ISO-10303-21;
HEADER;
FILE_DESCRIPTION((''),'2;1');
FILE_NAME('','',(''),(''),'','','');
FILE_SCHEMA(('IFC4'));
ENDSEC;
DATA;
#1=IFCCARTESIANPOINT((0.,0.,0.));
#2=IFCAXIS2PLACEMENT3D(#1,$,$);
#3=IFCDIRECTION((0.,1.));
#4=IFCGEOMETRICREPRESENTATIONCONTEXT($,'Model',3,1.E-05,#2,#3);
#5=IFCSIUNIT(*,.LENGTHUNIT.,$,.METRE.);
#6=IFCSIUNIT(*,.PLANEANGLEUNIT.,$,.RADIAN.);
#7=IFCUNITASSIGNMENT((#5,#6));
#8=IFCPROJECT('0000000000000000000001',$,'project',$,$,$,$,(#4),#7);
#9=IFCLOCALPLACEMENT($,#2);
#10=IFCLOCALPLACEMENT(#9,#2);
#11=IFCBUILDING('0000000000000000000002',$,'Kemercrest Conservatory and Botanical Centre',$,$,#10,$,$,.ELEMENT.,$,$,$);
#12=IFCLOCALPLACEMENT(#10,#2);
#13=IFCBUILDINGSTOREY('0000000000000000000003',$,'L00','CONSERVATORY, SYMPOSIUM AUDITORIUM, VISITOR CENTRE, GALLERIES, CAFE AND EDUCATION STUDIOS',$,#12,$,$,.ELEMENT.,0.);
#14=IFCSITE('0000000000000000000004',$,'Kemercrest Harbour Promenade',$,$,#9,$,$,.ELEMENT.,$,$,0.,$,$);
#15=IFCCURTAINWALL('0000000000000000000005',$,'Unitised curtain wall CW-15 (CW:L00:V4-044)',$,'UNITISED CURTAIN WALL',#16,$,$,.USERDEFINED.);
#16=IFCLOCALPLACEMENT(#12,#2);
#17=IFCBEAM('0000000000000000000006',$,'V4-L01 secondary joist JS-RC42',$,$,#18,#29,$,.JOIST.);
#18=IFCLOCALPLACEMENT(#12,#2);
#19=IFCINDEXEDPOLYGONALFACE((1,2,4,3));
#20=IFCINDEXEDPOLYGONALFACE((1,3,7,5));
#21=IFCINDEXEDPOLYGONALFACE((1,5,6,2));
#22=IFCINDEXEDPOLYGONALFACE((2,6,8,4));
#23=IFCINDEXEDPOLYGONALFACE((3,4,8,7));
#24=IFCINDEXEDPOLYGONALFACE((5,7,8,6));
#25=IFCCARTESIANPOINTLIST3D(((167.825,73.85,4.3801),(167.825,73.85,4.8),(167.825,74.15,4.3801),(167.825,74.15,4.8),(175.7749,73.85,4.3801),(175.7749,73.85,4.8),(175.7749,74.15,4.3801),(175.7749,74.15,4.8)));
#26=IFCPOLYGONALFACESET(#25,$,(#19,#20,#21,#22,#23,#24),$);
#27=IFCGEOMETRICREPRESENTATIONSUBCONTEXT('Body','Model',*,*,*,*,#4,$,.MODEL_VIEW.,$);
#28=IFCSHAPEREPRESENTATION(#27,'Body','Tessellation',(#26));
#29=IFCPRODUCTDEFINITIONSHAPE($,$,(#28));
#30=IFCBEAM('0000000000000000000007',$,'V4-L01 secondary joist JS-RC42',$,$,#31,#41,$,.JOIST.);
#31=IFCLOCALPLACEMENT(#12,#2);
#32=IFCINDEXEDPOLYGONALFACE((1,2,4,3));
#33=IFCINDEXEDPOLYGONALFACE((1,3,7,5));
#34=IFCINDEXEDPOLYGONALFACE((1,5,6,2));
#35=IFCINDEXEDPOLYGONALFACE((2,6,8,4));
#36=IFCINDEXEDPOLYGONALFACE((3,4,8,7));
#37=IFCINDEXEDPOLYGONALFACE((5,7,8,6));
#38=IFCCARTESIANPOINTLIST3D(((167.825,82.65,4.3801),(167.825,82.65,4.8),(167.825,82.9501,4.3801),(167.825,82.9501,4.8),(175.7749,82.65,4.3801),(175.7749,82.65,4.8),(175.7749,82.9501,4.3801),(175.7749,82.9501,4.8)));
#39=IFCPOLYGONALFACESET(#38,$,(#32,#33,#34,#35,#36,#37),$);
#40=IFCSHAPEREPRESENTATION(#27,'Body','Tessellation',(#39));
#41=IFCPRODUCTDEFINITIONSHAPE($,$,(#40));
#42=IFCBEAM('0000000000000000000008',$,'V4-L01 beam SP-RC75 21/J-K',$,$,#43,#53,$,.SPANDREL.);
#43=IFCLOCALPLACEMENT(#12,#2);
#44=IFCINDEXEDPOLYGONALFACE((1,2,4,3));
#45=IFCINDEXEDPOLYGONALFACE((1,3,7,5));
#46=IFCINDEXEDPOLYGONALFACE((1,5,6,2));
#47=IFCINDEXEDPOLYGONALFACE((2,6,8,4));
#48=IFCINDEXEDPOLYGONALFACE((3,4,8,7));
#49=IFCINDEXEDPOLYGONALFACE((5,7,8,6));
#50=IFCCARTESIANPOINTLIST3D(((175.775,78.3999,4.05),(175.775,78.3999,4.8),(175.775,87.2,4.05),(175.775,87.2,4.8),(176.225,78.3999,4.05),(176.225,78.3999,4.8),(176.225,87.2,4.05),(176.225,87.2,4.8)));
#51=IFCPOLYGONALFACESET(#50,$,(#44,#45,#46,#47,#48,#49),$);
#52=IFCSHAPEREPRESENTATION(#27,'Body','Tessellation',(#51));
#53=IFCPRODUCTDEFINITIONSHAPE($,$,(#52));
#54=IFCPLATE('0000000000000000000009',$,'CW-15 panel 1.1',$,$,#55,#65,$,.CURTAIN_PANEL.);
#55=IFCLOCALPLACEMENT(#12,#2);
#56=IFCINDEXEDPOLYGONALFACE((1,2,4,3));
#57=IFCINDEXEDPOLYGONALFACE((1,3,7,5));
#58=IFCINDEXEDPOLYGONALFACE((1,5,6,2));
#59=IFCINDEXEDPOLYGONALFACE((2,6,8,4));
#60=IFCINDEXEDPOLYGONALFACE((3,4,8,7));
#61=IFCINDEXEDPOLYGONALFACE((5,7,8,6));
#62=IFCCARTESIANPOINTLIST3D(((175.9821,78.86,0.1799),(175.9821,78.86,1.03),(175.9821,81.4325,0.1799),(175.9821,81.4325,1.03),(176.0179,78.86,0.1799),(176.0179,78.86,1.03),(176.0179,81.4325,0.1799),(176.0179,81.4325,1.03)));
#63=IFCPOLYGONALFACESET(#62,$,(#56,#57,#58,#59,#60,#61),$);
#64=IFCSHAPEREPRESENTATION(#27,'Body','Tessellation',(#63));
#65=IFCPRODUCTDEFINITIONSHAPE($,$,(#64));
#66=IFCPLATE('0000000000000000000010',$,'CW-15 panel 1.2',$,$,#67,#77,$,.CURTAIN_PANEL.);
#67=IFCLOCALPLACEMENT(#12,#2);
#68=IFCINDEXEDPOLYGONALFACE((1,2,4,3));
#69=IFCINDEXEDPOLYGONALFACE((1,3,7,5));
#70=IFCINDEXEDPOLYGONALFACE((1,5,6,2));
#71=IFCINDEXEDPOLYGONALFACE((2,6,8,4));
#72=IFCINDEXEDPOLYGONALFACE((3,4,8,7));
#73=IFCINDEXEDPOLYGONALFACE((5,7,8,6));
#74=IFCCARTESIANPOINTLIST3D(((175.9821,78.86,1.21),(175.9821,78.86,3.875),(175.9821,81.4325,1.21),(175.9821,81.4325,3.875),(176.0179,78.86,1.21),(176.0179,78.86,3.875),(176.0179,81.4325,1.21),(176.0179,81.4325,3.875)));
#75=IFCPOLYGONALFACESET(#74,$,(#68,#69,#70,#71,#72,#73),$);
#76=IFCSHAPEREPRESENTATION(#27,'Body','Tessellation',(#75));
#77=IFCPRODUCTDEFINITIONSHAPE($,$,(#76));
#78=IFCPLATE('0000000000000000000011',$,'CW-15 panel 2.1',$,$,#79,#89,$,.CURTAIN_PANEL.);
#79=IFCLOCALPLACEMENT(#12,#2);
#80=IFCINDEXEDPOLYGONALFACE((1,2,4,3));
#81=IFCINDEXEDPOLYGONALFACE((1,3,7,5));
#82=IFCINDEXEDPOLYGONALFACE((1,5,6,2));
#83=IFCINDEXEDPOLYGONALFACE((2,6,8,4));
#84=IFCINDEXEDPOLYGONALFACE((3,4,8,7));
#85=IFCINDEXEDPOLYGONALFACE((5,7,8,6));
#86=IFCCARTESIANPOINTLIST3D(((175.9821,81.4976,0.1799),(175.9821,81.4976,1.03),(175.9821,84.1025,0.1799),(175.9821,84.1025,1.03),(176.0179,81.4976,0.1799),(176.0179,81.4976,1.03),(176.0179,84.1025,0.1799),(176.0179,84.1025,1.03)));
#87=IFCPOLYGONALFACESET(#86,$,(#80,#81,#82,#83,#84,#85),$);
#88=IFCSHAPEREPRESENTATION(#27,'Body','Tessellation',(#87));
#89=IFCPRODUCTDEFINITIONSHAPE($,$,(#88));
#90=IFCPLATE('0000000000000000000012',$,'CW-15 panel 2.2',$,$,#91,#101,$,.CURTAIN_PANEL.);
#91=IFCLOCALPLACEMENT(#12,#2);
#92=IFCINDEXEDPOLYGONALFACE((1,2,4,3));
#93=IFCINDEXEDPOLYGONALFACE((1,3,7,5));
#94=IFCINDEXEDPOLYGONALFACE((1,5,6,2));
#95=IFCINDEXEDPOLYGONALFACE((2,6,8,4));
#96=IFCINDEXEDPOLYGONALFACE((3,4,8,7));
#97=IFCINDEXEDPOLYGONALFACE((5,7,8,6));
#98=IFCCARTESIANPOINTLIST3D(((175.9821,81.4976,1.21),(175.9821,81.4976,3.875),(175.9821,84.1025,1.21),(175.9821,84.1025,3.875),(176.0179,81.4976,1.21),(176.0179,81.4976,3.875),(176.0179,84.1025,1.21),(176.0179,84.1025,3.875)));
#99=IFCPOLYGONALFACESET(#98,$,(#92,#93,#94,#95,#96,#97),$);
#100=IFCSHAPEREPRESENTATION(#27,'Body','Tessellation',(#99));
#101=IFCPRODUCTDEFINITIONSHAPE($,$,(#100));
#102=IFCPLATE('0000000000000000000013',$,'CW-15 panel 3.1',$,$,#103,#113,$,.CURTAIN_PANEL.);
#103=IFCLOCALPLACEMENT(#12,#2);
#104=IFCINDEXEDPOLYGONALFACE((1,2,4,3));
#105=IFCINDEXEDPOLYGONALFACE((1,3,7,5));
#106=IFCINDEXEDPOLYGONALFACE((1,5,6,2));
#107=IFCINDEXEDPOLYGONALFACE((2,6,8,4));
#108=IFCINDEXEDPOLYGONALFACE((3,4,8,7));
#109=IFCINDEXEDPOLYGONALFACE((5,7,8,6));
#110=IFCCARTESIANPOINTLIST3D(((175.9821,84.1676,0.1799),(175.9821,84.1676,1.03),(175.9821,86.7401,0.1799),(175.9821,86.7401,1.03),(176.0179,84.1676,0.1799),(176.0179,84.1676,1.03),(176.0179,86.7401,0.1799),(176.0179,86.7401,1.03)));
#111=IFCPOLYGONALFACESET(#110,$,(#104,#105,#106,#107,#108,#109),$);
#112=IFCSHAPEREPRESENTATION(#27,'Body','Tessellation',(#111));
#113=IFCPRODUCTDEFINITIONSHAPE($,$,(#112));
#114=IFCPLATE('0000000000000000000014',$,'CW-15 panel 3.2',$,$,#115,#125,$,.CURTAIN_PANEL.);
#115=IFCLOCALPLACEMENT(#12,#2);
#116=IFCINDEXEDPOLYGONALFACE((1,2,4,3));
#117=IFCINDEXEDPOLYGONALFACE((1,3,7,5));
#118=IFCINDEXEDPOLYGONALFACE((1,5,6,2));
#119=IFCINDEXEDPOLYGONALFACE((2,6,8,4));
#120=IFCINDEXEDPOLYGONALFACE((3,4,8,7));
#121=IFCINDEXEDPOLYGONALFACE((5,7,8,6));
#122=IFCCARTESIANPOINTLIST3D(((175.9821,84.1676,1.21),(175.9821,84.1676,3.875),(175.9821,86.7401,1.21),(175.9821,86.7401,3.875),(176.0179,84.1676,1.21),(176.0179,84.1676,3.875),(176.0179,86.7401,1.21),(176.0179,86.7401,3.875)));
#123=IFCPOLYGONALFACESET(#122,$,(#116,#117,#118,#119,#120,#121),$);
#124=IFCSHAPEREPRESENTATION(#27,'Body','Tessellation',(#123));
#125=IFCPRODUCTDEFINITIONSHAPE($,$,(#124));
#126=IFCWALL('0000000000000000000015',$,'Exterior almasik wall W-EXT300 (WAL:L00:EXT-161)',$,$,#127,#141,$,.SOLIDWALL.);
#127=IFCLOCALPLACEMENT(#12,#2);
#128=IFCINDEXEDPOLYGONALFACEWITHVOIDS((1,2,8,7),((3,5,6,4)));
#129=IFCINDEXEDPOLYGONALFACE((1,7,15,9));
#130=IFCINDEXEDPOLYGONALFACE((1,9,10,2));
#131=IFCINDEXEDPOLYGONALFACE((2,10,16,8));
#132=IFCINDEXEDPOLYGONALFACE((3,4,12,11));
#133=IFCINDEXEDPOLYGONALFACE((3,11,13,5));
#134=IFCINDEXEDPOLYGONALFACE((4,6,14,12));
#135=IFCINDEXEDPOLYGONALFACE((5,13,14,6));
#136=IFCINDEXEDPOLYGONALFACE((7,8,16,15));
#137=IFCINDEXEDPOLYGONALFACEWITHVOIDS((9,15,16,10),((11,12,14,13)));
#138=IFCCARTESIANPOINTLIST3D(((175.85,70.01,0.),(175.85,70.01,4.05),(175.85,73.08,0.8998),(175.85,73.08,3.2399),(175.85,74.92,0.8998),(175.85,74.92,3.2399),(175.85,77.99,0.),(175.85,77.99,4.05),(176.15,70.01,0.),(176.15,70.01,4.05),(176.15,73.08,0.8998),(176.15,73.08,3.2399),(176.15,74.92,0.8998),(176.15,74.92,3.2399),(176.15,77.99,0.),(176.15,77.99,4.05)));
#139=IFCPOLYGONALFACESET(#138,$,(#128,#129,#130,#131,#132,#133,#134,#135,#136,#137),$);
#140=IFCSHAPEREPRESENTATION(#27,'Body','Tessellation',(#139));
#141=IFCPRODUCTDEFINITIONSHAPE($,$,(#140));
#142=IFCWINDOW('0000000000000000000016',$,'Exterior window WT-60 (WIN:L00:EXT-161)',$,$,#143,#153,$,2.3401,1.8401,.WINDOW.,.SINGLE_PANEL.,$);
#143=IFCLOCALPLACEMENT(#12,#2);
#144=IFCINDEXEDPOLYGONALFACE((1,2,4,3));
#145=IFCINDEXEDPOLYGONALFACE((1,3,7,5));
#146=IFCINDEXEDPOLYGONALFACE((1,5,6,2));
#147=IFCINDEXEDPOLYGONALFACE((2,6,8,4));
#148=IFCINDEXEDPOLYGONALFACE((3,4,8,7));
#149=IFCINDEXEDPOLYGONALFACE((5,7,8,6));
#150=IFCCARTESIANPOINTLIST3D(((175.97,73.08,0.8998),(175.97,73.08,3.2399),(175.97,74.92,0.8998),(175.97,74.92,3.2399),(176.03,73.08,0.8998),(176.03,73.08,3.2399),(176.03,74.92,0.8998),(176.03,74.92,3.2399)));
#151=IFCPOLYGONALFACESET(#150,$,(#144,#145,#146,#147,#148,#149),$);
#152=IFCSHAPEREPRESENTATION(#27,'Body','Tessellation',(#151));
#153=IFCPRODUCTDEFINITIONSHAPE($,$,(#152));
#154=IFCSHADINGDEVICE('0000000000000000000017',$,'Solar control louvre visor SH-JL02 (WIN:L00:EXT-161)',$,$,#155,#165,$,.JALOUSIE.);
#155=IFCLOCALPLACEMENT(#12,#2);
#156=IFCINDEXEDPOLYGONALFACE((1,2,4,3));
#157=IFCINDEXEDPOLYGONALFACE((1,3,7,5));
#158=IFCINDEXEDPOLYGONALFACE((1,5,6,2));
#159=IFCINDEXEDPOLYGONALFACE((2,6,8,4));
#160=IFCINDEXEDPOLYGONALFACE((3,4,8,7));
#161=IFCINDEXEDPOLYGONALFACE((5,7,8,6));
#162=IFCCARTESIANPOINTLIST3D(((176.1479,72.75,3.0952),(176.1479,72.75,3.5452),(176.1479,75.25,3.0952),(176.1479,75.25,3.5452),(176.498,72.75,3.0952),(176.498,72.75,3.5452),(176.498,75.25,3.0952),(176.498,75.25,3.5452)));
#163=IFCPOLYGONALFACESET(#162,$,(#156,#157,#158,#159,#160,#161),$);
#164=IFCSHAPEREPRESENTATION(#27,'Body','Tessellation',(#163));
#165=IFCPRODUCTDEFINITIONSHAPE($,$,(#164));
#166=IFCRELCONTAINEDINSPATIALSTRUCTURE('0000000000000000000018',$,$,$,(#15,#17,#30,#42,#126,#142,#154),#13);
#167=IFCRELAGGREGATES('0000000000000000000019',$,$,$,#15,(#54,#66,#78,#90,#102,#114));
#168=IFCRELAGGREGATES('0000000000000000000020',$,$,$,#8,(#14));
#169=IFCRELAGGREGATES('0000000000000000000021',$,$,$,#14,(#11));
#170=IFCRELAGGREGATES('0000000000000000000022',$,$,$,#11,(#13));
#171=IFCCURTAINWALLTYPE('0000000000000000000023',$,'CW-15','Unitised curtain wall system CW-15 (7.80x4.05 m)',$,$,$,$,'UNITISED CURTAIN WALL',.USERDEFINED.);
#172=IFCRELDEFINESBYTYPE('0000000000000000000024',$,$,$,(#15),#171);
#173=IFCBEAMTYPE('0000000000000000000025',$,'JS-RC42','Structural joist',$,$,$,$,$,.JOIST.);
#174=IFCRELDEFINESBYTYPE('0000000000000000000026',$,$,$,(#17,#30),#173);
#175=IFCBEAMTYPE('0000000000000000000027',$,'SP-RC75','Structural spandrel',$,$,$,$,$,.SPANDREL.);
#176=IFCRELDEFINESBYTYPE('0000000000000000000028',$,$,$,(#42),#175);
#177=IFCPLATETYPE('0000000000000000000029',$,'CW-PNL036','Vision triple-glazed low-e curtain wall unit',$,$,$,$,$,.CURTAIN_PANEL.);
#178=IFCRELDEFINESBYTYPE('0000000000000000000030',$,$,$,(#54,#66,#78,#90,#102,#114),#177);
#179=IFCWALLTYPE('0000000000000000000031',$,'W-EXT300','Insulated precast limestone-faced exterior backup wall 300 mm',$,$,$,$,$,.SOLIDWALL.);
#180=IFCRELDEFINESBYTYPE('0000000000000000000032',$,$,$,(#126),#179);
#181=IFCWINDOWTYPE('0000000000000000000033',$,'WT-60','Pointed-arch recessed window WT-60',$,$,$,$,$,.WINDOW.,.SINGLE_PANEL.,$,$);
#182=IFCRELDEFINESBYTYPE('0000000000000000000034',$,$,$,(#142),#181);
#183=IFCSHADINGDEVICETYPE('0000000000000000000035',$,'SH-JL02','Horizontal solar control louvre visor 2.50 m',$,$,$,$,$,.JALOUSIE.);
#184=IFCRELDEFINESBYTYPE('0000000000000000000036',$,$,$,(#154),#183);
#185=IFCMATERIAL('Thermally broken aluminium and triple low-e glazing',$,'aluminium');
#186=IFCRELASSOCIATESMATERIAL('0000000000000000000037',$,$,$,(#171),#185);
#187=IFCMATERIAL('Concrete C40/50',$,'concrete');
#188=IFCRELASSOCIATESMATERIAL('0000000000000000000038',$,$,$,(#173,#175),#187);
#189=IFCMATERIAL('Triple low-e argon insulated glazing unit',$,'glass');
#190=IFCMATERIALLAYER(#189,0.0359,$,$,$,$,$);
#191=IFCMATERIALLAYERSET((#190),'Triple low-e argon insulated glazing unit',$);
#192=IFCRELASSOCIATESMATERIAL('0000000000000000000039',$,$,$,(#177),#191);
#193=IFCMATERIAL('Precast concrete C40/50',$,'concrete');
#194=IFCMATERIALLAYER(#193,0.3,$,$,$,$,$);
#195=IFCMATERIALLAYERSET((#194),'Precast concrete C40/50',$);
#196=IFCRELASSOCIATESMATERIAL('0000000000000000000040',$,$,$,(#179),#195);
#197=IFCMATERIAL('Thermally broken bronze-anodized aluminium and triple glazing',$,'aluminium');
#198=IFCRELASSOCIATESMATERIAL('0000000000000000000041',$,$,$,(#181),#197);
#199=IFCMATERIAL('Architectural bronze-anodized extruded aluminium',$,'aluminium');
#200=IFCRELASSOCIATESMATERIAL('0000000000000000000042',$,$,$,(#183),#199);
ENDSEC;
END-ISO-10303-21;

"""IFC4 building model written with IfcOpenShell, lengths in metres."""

from ifc_helpers import new_model, si_unit, direction, frame, frame_2d, origin, origin_2d, place, context, subcontext, project, spatial, rectangle, extrude, material, layer, layer_set, material_profile, profile_set, type_object, element, fill, aggregate, save


model = new_model("IFC4")

# Units and contexts
model_context = context("Model", 3, precision=1e-05, world=origin(), true_north=direction((0.0, 1.0)))
body_context = subcontext(model_context, "Body", "Model", "MODEL_VIEW")
ifc_project = project(units=[si_unit("LENGTHUNIT", "METRE"), si_unit("PLANEANGLEUNIT", "RADIAN")], contexts=[model_context])

# Site, building, storey
site_placement = place(None, origin())
site = spatial("IfcSite", under=ifc_project, at=site_placement, Name="Kemercrest Harbour Promenade", CompositionType="ELEMENT", RefElevation=0.0)
building_placement = place(site_placement, origin())
building = spatial("IfcBuilding", under=site, at=building_placement, Name="Kemercrest Conservatory and Botanical Centre", CompositionType="ELEMENT")
storey_placement = place(building_placement, origin())
storey = spatial("IfcBuildingStorey", under=building, at=storey_placement, Name="L00", Description="CONSERVATORY, SYMPOSIUM AUDITORIUM, VISITOR CENTRE, GALLERIES, CAFE AND EDUCATION STUDIOS", CompositionType="ELEMENT", Elevation=0.0)

# Curtain wall
ifc_material_1 = material(Name="Thermally broken aluminium and triple low-e glazing", Category="aluminium")
curtain_wall_type = type_object("IfcCurtainWallType", Name="CW-15", Description="Unitised curtain wall system CW-15 (7.80x4.05 m)", ElementType="UNITISED CURTAIN WALL", PredefinedType="USERDEFINED", material=ifc_material_1)
curtain_wall_placement = place(storey_placement, origin())
curtain_wall = element("IfcCurtainWall", 1, at=curtain_wall_placement, inside=storey, type_object=curtain_wall_type, Name="Unitised curtain wall CW-15 (CW:L00:V4-044)", ObjectType="UNITISED CURTAIN WALL", PredefinedType="USERDEFINED")

# Beams
ifc_material_2 = material(Name="Concrete C40/50", Category="concrete")
ifc_material_profile_1 = material_profile(ifc_material_2, rectangle(XDim=0.3, YDim=0.4199, at=origin_2d()), Name="RC 300x420")
ifc_profile_set_1 = profile_set([ifc_material_profile_1], Name="Concrete C40/50")
beam_type_1 = type_object("IfcBeamType", Name="JS-RC42", Description="Structural joist", PredefinedType="JOIST", material=ifc_profile_set_1)
for number, where, z_axis, x_axis, name in (
    (2, (167.825, 74.0, 4.5901), (1.0, 0.0, 0.0), (0.0, 1.0, 0.0), "V4-L01 secondary joist JS-RC42"),
    (3, (167.825, 82.8, 4.5901), (1.0, 0.0, 0.0), (0.0, 1.0, 0.0), "V4-L01 secondary joist JS-RC42"),
):
    element("IfcBeam", number, at=place(storey_placement, frame(where, z_axis=z_axis, x_axis=x_axis)), inside=storey, type_object=beam_type_1, Name=name, PredefinedType="JOIST", context=body_context, shape_type="SweptSolid", body=[
        extrude(rectangle(XDim=0.3, YDim=0.4199, at=origin_2d()), origin(), (0.0, 0.0, 1.0), 7.95),
    ])
ifc_material_profile_2 = material_profile(ifc_material_2, rectangle(XDim=0.45, YDim=0.75, at=origin_2d()), Name="RC 450x750")
ifc_profile_set_2 = profile_set([ifc_material_profile_2], Name="Concrete C40/50")
beam_type_2 = type_object("IfcBeamType", Name="SP-RC75", Description="Structural spandrel", PredefinedType="SPANDREL", material=ifc_profile_set_2)
beam_placement = place(storey_placement, frame((176.0, 78.3999, 4.425), z_axis=(0.0, 1.0, 0.0), x_axis=(-1.0, 0.0, 0.0)))
element("IfcBeam", 4, at=beam_placement, inside=storey, type_object=beam_type_2, Name="V4-L01 beam SP-RC75 21/J-K", PredefinedType="SPANDREL", context=body_context, shape_type="SweptSolid", body=[
    extrude(rectangle(XDim=0.45, YDim=0.75, at=origin_2d()), origin(), (0.0, 0.0, 1.0), 8.8),
])

# Plates
ifc_material_3 = material(Name="Triple low-e argon insulated glazing unit", Category="glass")
ifc_layer_1 = layer(ifc_material_3, 0.0359)
ifc_layer_set_1 = layer_set([ifc_layer_1], Name="Triple low-e argon insulated glazing unit")
plate_type = type_object("IfcPlateType", Name="CW-PNL036", Description="Vision triple-glazed low-e curtain wall unit", PredefinedType="CURTAIN_PANEL", material=ifc_layer_set_1)
plate_1_placement = place(storey_placement, frame((176.0, 80.1462, 0.1799), z_axis=(0.0, 0.0, 1.0), x_axis=(0.0, 1.0, 0.0)))
plate_1 = element("IfcPlate", 5, at=plate_1_placement, type_object=plate_type, Name="CW-15 panel 1.1", PredefinedType="CURTAIN_PANEL", context=body_context, shape_type="SweptSolid", body=[
    extrude(rectangle(XDim=2.5725, YDim=0.0359, at=origin_2d()), origin(), (0.0, 0.0, 1.0), 0.8501),
])
plate_2_placement = place(storey_placement, frame((176.0, 80.1462, 1.21), z_axis=(0.0, 0.0, 1.0), x_axis=(0.0, 1.0, 0.0)))
plate_2 = element("IfcPlate", 6, at=plate_2_placement, type_object=plate_type, Name="CW-15 panel 1.2", PredefinedType="CURTAIN_PANEL", context=body_context, shape_type="SweptSolid", body=[
    extrude(rectangle(XDim=2.5725, YDim=0.0359, at=origin_2d()), origin(), (0.0, 0.0, 1.0), 2.665),
])
plate_3_placement = place(storey_placement, frame((176.0, 82.8, 0.1799), z_axis=(0.0, 0.0, 1.0), x_axis=(0.0, 1.0, 0.0)))
plate_3 = element("IfcPlate", 7, at=plate_3_placement, type_object=plate_type, Name="CW-15 panel 2.1", PredefinedType="CURTAIN_PANEL", context=body_context, shape_type="SweptSolid", body=[
    extrude(rectangle(XDim=2.605, YDim=0.0359, at=origin_2d()), origin(), (0.0, 0.0, 1.0), 0.8501),
])
plate_4_placement = place(storey_placement, frame((176.0, 82.8, 1.21), z_axis=(0.0, 0.0, 1.0), x_axis=(0.0, 1.0, 0.0)))
plate_4 = element("IfcPlate", 8, at=plate_4_placement, type_object=plate_type, Name="CW-15 panel 2.2", PredefinedType="CURTAIN_PANEL", context=body_context, shape_type="SweptSolid", body=[
    extrude(rectangle(XDim=2.605, YDim=0.0359, at=origin_2d()), origin(), (0.0, 0.0, 1.0), 2.665),
])
plate_5_placement = place(storey_placement, frame((176.0, 85.4539, 0.1799), z_axis=(0.0, 0.0, 1.0), x_axis=(0.0, 1.0, 0.0)))
plate_5 = element("IfcPlate", 9, at=plate_5_placement, type_object=plate_type, Name="CW-15 panel 3.1", PredefinedType="CURTAIN_PANEL", context=body_context, shape_type="SweptSolid", body=[
    extrude(rectangle(XDim=2.5725, YDim=0.0359, at=origin_2d()), origin(), (0.0, 0.0, 1.0), 0.8501),
])
plate_6_placement = place(storey_placement, frame((176.0, 85.4539, 1.21), z_axis=(0.0, 0.0, 1.0), x_axis=(0.0, 1.0, 0.0)))
plate_6 = element("IfcPlate", 10, at=plate_6_placement, type_object=plate_type, Name="CW-15 panel 3.2", PredefinedType="CURTAIN_PANEL", context=body_context, shape_type="SweptSolid", body=[
    extrude(rectangle(XDim=2.5725, YDim=0.0359, at=origin_2d()), origin(), (0.0, 0.0, 1.0), 2.665),
])
aggregate(curtain_wall, [plate_1, plate_2, plate_3, plate_4, plate_5, plate_6])

# Wall, opening, window
ifc_material_4 = material(Name="Precast concrete C40/50", Category="concrete")
ifc_layer_2 = layer(ifc_material_4, 0.3)
ifc_layer_set_2 = layer_set([ifc_layer_2], Name="Precast concrete C40/50")
wall_type = type_object("IfcWallType", Name="W-EXT300", Description="Insulated precast limestone-faced exterior backup wall 300 mm", PredefinedType="SOLIDWALL", material=ifc_layer_set_2)
wall_placement = place(storey_placement, frame((176.0, 70.01, 0.0), z_axis=(0.0, 0.0, 1.0), x_axis=(0.0, 1.0, 0.0)))
wall = element("IfcWall", 11, at=wall_placement, inside=storey, type_object=wall_type, Name="Exterior almasik wall W-EXT300 (WAL:L00:EXT-161)", PredefinedType="SOLIDWALL", context=body_context, shape_type="SweptSolid", body=[
    extrude(rectangle(XDim=7.98, YDim=0.3, at=frame_2d((3.99, 0.0))), origin(), (0.0, 0.0, 1.0), 4.05),
])
opening_placement = place(wall_placement, frame((3.0701, 0.0, 0.8999)))
opening = element("IfcOpeningElement", 12, at=opening_placement, cuts=wall, PredefinedType="OPENING", context=body_context, shape_type="SweptSolid", body=[
    extrude(rectangle(XDim=1.8401, YDim=2.3401, at=frame_2d((0.9199, 1.1699))), frame((0.0, 0.1602, 0.0), z_axis=(0.0, -1.0, 0.0), x_axis=(1.0, 0.0, 0.0)), (0.0, 0.0, 1.0), 0.3201),
])
ifc_material_5 = material(Name="Thermally broken bronze-anodized aluminium and triple glazing", Category="aluminium")
window_type = type_object("IfcWindowType", Name="WT-60", Description="Pointed-arch recessed window WT-60", PartitioningType="SINGLE_PANEL", PredefinedType="WINDOW", material=ifc_material_5)
window_placement = place(opening_placement, origin())
window = element("IfcWindow", 13, at=window_placement, inside=storey, type_object=window_type, Name="Exterior window WT-60 (WIN:L00:EXT-161)", OverallHeight=2.3401, OverallWidth=1.8401, PartitioningType="SINGLE_PANEL", PredefinedType="WINDOW", context=body_context, shape_type="SweptSolid", body=[
    extrude(rectangle(XDim=1.8401, YDim=2.3401, at=frame_2d((0.9199, 1.1699))), frame((0.0, 0.03, 0.0), z_axis=(0.0, -1.0, 0.0), x_axis=(1.0, 0.0, 0.0)), (0.0, 0.0, 1.0), 0.0601),
])
fill(opening, window)

# Shading device
ifc_material_6 = material(Name="Architectural bronze-anodized extruded aluminium", Category="aluminium")
shading_device_type = type_object("IfcShadingDeviceType", Name="SH-JL02", Description="Horizontal solar control louvre visor 2.50 m", PredefinedType="JALOUSIE", material=ifc_material_6)
shading_device_placement = place(storey_placement, frame((176.323, 74.0, 3.0952), z_axis=(0.0, 0.0, 1.0), x_axis=(0.0, 1.0, 0.0)))
element("IfcShadingDevice", 14, at=shading_device_placement, inside=storey, type_object=shading_device_type, Name="Solar control louvre visor SH-JL02 (WIN:L00:EXT-161)", PredefinedType="JALOUSIE", context=body_context, shape_type="SweptSolid", body=[
    extrude(rectangle(XDim=2.5, YDim=0.3501, at=origin_2d()), origin(), (0.0, 0.0, 1.0), 0.45),
])

save(model, "model.ifc")
